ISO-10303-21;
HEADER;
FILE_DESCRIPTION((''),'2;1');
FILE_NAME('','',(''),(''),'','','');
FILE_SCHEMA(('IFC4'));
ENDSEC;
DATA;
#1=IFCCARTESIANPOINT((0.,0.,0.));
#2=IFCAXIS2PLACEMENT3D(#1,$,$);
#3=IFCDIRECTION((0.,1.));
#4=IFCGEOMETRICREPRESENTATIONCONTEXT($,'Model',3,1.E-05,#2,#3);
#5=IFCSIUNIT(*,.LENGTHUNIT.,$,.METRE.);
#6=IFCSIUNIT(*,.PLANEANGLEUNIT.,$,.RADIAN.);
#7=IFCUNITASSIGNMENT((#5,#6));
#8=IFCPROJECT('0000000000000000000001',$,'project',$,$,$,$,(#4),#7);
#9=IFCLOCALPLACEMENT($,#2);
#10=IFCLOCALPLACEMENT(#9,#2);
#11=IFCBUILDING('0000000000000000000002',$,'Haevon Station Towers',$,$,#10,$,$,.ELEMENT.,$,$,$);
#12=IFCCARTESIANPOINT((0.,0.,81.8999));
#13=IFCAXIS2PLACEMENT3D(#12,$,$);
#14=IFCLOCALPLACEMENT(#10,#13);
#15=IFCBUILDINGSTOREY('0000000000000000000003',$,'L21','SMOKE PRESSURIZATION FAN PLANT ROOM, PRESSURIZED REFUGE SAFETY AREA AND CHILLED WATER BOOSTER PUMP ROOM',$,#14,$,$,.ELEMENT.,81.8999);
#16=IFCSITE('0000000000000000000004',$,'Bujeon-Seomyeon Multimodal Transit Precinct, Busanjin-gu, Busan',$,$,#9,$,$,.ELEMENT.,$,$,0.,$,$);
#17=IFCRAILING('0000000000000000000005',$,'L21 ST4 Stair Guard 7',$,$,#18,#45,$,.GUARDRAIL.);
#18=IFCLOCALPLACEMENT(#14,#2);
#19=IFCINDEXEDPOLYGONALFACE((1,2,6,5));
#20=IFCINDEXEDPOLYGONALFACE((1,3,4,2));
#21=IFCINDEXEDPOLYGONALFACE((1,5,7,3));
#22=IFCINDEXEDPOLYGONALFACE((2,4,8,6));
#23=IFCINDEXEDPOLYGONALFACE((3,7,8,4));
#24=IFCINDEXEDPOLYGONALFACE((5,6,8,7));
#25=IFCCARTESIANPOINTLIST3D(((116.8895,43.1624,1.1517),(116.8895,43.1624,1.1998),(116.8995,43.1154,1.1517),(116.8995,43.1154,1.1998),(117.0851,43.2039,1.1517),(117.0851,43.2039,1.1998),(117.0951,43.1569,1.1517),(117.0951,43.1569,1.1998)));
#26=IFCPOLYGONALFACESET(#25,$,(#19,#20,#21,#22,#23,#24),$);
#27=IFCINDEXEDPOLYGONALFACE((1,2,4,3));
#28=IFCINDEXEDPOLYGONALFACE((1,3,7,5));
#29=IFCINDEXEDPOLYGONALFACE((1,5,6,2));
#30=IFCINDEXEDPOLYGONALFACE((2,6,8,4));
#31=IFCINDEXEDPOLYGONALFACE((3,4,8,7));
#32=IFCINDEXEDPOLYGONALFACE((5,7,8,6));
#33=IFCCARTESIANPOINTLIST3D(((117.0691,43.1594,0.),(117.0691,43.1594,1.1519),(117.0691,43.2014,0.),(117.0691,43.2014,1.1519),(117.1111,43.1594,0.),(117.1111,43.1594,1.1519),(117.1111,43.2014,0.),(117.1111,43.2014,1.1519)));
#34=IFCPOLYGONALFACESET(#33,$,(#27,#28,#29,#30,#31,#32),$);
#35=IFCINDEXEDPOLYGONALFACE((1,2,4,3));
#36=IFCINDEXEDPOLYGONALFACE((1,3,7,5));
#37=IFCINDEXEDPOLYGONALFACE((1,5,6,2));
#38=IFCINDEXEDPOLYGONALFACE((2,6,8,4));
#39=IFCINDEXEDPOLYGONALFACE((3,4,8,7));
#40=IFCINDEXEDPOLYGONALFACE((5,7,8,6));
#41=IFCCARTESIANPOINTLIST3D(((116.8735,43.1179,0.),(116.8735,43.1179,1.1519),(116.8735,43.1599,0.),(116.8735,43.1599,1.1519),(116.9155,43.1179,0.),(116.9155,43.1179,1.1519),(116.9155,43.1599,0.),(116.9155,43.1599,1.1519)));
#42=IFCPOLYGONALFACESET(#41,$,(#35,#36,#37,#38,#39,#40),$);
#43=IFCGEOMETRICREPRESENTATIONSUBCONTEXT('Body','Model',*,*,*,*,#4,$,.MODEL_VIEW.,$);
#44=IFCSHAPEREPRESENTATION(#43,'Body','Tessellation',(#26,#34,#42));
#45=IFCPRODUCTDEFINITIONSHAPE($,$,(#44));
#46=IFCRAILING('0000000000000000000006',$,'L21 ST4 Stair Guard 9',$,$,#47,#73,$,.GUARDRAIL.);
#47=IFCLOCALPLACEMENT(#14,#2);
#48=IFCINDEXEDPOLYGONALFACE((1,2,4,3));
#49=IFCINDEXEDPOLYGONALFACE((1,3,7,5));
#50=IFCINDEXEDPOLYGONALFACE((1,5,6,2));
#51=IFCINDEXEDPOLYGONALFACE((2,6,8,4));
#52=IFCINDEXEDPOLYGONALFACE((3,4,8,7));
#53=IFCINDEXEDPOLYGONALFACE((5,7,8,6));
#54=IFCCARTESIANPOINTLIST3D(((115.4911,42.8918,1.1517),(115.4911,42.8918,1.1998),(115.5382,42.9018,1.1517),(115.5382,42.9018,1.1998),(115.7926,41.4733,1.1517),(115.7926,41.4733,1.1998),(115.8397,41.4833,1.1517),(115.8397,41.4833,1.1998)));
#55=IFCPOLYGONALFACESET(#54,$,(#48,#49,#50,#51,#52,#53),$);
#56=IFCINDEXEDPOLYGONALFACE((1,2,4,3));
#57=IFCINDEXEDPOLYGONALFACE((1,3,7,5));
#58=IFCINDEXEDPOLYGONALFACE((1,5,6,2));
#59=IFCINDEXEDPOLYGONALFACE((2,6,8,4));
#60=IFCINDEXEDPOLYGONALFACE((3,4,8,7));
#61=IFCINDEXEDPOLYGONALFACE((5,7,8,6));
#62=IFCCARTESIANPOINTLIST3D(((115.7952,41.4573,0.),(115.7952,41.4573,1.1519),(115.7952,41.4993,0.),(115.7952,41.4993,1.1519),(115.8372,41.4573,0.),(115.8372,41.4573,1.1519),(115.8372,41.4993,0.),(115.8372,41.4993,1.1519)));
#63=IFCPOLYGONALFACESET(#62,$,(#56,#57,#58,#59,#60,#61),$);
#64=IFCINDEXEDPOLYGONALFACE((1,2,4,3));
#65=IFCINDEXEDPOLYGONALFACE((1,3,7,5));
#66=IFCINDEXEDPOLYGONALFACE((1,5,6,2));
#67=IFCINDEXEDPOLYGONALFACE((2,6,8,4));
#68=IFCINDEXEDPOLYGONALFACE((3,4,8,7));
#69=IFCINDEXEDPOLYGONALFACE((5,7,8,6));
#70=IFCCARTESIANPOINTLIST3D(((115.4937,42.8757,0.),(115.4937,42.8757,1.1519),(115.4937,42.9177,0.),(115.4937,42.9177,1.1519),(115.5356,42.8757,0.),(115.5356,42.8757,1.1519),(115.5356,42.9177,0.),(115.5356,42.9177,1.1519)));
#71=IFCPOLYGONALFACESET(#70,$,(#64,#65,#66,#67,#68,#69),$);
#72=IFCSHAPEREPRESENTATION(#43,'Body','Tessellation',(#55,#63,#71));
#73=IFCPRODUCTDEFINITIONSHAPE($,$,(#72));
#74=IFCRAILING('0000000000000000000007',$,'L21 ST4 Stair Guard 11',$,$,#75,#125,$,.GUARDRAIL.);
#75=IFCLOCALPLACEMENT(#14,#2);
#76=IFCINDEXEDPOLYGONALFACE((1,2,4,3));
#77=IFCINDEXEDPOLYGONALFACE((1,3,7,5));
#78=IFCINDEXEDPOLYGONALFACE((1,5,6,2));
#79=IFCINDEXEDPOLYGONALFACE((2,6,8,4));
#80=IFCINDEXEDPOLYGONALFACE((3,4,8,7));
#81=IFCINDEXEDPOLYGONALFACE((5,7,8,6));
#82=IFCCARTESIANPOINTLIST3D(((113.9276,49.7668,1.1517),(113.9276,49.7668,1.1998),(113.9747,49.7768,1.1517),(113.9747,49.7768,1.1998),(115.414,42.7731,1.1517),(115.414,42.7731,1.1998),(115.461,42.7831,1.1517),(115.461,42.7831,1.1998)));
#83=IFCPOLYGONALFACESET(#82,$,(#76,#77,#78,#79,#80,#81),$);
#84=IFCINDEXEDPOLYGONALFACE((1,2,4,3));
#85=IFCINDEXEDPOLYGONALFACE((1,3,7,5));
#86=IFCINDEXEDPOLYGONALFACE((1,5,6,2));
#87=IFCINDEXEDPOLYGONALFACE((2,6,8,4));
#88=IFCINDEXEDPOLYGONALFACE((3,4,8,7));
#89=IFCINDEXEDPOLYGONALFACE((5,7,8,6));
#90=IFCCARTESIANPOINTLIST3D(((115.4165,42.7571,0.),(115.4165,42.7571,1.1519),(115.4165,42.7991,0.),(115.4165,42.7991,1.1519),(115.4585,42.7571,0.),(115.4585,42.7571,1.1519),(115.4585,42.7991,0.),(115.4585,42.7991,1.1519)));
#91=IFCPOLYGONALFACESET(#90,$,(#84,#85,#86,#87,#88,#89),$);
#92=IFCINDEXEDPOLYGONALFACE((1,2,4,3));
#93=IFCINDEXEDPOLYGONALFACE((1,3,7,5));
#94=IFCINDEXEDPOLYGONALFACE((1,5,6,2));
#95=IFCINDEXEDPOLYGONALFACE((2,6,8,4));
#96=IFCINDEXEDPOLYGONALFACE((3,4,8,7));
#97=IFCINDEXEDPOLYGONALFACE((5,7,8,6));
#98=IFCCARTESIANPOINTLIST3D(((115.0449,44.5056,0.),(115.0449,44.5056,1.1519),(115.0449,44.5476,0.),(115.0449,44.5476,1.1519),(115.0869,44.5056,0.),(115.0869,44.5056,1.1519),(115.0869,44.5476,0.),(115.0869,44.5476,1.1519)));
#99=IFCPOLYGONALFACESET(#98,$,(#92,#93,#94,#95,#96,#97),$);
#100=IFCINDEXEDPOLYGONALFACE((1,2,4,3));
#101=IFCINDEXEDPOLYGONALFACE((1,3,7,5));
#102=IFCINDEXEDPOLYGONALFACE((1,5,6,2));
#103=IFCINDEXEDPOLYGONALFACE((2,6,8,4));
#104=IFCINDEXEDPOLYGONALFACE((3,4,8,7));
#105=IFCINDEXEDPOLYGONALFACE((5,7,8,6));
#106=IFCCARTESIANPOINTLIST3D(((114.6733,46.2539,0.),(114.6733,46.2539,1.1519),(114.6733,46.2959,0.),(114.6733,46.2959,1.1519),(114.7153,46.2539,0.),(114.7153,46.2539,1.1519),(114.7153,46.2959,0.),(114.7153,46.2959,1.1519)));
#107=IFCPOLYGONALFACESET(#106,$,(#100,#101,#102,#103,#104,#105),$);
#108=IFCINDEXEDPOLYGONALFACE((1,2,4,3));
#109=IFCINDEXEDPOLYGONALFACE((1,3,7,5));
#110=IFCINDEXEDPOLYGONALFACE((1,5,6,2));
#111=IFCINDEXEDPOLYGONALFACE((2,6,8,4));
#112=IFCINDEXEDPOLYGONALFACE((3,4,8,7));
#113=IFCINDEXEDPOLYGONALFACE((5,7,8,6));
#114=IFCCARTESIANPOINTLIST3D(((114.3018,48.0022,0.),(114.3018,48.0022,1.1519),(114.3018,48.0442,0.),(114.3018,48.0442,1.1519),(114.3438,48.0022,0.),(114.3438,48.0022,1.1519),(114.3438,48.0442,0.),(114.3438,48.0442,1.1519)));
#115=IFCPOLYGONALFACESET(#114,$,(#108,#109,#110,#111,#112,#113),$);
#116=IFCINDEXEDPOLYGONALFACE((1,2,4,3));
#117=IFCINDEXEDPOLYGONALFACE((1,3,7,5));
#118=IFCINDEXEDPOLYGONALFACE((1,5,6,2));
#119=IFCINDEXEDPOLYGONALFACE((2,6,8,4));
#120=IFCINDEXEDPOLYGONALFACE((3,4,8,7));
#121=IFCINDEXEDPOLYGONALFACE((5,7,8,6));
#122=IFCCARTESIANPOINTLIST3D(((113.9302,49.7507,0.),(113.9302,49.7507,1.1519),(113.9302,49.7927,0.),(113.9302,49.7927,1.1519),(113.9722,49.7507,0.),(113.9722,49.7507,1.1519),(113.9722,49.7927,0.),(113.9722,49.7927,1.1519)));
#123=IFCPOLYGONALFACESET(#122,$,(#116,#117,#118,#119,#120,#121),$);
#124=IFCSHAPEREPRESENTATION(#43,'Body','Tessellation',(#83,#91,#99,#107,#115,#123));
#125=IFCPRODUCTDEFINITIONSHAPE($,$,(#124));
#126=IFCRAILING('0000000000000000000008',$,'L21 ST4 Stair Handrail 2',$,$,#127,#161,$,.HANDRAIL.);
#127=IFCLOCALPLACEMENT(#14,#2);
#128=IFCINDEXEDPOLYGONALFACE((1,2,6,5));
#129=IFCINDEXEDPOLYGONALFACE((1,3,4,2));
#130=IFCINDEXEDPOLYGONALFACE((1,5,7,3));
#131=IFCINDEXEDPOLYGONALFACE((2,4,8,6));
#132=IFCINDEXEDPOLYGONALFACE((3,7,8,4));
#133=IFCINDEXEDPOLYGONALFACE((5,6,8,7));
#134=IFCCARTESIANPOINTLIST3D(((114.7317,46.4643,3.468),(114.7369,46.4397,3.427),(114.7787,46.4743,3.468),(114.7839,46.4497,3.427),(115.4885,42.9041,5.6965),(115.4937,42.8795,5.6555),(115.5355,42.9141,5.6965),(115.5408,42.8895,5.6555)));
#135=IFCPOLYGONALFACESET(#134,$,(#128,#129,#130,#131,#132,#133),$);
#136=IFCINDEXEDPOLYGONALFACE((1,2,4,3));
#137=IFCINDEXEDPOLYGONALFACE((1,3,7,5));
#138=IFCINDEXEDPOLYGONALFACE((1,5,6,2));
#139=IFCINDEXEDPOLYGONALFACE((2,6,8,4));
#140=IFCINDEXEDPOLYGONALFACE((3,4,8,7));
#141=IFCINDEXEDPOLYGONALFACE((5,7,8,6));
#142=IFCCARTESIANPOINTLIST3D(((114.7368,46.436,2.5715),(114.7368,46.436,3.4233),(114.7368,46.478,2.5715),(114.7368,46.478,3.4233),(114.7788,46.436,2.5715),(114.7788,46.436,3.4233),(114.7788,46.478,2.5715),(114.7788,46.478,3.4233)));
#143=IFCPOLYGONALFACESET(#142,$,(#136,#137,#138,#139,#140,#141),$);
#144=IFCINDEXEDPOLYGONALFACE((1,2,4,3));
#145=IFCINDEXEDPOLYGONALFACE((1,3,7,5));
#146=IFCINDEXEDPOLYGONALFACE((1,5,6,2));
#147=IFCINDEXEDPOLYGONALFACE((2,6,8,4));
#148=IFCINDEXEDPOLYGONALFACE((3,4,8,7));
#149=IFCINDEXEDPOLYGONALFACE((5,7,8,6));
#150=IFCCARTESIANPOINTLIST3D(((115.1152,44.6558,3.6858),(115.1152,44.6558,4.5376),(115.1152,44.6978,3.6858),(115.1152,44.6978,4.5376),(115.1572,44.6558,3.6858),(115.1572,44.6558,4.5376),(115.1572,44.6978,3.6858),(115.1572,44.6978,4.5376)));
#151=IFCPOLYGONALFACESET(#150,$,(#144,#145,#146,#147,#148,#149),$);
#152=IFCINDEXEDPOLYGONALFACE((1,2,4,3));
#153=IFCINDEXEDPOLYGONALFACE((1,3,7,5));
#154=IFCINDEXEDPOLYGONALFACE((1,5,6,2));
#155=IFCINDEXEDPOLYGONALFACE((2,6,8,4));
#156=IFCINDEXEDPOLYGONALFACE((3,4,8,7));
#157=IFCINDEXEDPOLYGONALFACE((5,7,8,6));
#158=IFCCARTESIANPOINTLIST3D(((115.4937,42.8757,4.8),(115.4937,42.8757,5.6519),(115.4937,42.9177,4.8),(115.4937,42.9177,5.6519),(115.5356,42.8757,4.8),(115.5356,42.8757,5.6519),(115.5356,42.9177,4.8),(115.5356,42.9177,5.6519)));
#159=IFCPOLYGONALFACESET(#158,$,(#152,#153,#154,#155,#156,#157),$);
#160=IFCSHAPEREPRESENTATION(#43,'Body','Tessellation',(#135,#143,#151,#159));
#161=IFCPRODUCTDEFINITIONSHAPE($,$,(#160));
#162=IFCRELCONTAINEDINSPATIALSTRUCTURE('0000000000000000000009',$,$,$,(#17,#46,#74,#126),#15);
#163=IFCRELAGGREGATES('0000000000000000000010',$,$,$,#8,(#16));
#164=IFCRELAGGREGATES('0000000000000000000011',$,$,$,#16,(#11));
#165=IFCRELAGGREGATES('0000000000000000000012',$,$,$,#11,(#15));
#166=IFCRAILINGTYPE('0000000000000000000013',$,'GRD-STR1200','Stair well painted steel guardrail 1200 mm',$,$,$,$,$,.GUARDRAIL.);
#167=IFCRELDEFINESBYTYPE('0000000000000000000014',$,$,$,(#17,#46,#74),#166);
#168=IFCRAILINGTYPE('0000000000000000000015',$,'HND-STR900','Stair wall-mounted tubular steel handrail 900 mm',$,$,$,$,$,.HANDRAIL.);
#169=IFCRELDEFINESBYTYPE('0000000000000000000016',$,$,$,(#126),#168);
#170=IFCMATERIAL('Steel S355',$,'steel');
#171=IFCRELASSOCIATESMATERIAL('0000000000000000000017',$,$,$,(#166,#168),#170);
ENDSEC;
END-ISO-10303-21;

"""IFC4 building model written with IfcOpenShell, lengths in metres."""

from ifc_helpers import new_model, si_unit, direction, frame, origin, origin_2d, place, context, subcontext, project, spatial, rectangle, extrude, material, type_object, element, save


model = new_model("IFC4")

# Units and contexts
model_context = context("Model", 3, precision=1e-05, world=origin(), true_north=direction((0.0, 1.0)))
body_context = subcontext(model_context, "Body", "Model", "MODEL_VIEW")
ifc_project = project(units=[si_unit("LENGTHUNIT", "METRE"), si_unit("PLANEANGLEUNIT", "RADIAN")], contexts=[model_context])

# Site, building, storey
site_placement = place(None, origin())
site = spatial("IfcSite", under=ifc_project, at=site_placement, Name="Bujeon-Seomyeon Multimodal Transit Precinct, Busanjin-gu, Busan", CompositionType="ELEMENT", RefElevation=0.0)
building_placement = place(site_placement, origin())
building = spatial("IfcBuilding", under=site, at=building_placement, Name="Haevon Station Towers", CompositionType="ELEMENT")
storey_placement = place(building_placement, frame((0.0, 0.0, 81.8999)))
storey = spatial("IfcBuildingStorey", under=building, at=storey_placement, Name="L21", Description="SMOKE PRESSURIZATION FAN PLANT ROOM, PRESSURIZED REFUGE SAFETY AREA AND CHILLED WATER BOOSTER PUMP ROOM", CompositionType="ELEMENT", Elevation=81.8999)

# Shared definitions
ifc_material_1 = material(Name="Steel S355", Category="steel")

# Railings
railing_type_1 = type_object("IfcRailingType", Name="GRD-STR1200", Description="Stair well painted steel guardrail 1200 mm", PredefinedType="GUARDRAIL", material=ifc_material_1)
railing_1_placement = place(storey_placement, frame((117.0901, 43.1804, 0.0)))
element("IfcRailing", 1, at=railing_1_placement, inside=storey, type_object=railing_type_1, Name="L21 ST4 Stair Guard 7", PredefinedType="GUARDRAIL", context=body_context, shape_type="SweptSolid", body=[
    extrude(rectangle(XDim=0.0481, YDim=0.0481, at=origin_2d()), frame((0.0, 0.0, 1.1758), z_axis=(-0.978212, -0.20761, 0.0), x_axis=(0.20761, -0.978212, 0.0)), (0.0, 0.0, 1.0), 0.2),
    extrude(rectangle(XDim=0.042, YDim=0.042, at=origin_2d()), origin(), (0.0, 0.0, 1.0), 1.1519),
    extrude(rectangle(XDim=0.042, YDim=0.042, at=origin_2d()), frame((-0.1956, -0.0415, 0.0)), (0.0, 0.0, 1.0), 1.1519),
])
railing_2_placement = place(storey_placement, frame((115.8162, 41.4783, 0.0)))
element("IfcRailing", 2, at=railing_2_placement, inside=storey, type_object=railing_type_1, Name="L21 ST4 Stair Guard 9", PredefinedType="GUARDRAIL", context=body_context, shape_type="SweptSolid", body=[
    extrude(rectangle(XDim=0.0481, YDim=0.0481, at=origin_2d()), frame((0.0, 0.0, 1.1758), z_axis=(-0.207919, 0.978146, 0.0), x_axis=(-0.978146, -0.207919, 0.0)), (0.0, 0.0, 1.0), 1.4502),
    extrude(rectangle(XDim=0.042, YDim=0.042, at=origin_2d()), origin(), (0.0, 0.0, 1.0), 1.1519),
    extrude(rectangle(XDim=0.042, YDim=0.042, at=origin_2d()), frame((-0.3015, 1.4185, 0.0)), (0.0, 0.0, 1.0), 1.1519),
])
railing_3_placement = place(storey_placement, frame((115.4375, 42.7781, 0.0)))
element("IfcRailing", 3, at=railing_3_placement, inside=storey, type_object=railing_type_1, Name="L21 ST4 Stair Guard 11", PredefinedType="GUARDRAIL", context=body_context, shape_type="SweptSolid", body=[
    extrude(rectangle(XDim=0.0481, YDim=0.0481, at=origin_2d()), frame((0.0, 0.0, 1.1758), z_axis=(-0.207882, 0.978154, 0.0), x_axis=(-0.978154, -0.207882, 0.0)), (0.0, 0.0, 1.0), 7.1499),
    extrude(rectangle(XDim=0.042, YDim=0.042, at=origin_2d()), origin(), (0.0, 0.0, 1.0), 1.1519),
    extrude(rectangle(XDim=0.042, YDim=0.042, at=origin_2d()), frame((-0.3716, 1.7485, 0.0)), (0.0, 0.0, 1.0), 1.1519),
    extrude(rectangle(XDim=0.042, YDim=0.042, at=origin_2d()), frame((-0.7432, 3.4968, 0.0)), (0.0, 0.0, 1.0), 1.1519),
    extrude(rectangle(XDim=0.042, YDim=0.042, at=origin_2d()), frame((-1.1147, 5.2451, 0.0)), (0.0, 0.0, 1.0), 1.1519),
    extrude(rectangle(XDim=0.042, YDim=0.042, at=origin_2d()), frame((-1.4863, 6.9937, 0.0)), (0.0, 0.0, 1.0), 1.1519),
])
railing_type_2 = type_object("IfcRailingType", Name="HND-STR900", Description="Stair wall-mounted tubular steel handrail 900 mm", PredefinedType="HANDRAIL", material=ifc_material_1)
railing_4_placement = place(storey_placement, frame((114.7578, 46.457, 2.5715)))
element("IfcRailing", 4, at=railing_4_placement, inside=storey, type_object=railing_type_2, Name="L21 ST4 Stair Handrail 2", PredefinedType="HANDRAIL", context=body_context, shape_type="SweptSolid", body=[
    extrude(rectangle(XDim=0.0481, YDim=0.0481, at=origin_2d()), frame((0.0, 0.0, 0.876), z_axis=(0.177333, -0.834208, 0.522159), x_axis=(0.978144, 0.20793, 0.0)), (0.0, 0.0, 1.0), 4.2678),
    extrude(rectangle(XDim=0.042, YDim=0.042, at=origin_2d()), origin(), (0.0, 0.0, 1.0), 0.8518),
    extrude(rectangle(XDim=0.042, YDim=0.042, at=origin_2d()), frame((0.3784, -1.7803, 1.1143)), (0.0, 0.0, 1.0), 0.8518),
    extrude(rectangle(XDim=0.042, YDim=0.042, at=origin_2d()), frame((0.7568, -3.5603, 2.2285)), (0.0, 0.0, 1.0), 0.8518),
])

save(model, "model.ifc")
